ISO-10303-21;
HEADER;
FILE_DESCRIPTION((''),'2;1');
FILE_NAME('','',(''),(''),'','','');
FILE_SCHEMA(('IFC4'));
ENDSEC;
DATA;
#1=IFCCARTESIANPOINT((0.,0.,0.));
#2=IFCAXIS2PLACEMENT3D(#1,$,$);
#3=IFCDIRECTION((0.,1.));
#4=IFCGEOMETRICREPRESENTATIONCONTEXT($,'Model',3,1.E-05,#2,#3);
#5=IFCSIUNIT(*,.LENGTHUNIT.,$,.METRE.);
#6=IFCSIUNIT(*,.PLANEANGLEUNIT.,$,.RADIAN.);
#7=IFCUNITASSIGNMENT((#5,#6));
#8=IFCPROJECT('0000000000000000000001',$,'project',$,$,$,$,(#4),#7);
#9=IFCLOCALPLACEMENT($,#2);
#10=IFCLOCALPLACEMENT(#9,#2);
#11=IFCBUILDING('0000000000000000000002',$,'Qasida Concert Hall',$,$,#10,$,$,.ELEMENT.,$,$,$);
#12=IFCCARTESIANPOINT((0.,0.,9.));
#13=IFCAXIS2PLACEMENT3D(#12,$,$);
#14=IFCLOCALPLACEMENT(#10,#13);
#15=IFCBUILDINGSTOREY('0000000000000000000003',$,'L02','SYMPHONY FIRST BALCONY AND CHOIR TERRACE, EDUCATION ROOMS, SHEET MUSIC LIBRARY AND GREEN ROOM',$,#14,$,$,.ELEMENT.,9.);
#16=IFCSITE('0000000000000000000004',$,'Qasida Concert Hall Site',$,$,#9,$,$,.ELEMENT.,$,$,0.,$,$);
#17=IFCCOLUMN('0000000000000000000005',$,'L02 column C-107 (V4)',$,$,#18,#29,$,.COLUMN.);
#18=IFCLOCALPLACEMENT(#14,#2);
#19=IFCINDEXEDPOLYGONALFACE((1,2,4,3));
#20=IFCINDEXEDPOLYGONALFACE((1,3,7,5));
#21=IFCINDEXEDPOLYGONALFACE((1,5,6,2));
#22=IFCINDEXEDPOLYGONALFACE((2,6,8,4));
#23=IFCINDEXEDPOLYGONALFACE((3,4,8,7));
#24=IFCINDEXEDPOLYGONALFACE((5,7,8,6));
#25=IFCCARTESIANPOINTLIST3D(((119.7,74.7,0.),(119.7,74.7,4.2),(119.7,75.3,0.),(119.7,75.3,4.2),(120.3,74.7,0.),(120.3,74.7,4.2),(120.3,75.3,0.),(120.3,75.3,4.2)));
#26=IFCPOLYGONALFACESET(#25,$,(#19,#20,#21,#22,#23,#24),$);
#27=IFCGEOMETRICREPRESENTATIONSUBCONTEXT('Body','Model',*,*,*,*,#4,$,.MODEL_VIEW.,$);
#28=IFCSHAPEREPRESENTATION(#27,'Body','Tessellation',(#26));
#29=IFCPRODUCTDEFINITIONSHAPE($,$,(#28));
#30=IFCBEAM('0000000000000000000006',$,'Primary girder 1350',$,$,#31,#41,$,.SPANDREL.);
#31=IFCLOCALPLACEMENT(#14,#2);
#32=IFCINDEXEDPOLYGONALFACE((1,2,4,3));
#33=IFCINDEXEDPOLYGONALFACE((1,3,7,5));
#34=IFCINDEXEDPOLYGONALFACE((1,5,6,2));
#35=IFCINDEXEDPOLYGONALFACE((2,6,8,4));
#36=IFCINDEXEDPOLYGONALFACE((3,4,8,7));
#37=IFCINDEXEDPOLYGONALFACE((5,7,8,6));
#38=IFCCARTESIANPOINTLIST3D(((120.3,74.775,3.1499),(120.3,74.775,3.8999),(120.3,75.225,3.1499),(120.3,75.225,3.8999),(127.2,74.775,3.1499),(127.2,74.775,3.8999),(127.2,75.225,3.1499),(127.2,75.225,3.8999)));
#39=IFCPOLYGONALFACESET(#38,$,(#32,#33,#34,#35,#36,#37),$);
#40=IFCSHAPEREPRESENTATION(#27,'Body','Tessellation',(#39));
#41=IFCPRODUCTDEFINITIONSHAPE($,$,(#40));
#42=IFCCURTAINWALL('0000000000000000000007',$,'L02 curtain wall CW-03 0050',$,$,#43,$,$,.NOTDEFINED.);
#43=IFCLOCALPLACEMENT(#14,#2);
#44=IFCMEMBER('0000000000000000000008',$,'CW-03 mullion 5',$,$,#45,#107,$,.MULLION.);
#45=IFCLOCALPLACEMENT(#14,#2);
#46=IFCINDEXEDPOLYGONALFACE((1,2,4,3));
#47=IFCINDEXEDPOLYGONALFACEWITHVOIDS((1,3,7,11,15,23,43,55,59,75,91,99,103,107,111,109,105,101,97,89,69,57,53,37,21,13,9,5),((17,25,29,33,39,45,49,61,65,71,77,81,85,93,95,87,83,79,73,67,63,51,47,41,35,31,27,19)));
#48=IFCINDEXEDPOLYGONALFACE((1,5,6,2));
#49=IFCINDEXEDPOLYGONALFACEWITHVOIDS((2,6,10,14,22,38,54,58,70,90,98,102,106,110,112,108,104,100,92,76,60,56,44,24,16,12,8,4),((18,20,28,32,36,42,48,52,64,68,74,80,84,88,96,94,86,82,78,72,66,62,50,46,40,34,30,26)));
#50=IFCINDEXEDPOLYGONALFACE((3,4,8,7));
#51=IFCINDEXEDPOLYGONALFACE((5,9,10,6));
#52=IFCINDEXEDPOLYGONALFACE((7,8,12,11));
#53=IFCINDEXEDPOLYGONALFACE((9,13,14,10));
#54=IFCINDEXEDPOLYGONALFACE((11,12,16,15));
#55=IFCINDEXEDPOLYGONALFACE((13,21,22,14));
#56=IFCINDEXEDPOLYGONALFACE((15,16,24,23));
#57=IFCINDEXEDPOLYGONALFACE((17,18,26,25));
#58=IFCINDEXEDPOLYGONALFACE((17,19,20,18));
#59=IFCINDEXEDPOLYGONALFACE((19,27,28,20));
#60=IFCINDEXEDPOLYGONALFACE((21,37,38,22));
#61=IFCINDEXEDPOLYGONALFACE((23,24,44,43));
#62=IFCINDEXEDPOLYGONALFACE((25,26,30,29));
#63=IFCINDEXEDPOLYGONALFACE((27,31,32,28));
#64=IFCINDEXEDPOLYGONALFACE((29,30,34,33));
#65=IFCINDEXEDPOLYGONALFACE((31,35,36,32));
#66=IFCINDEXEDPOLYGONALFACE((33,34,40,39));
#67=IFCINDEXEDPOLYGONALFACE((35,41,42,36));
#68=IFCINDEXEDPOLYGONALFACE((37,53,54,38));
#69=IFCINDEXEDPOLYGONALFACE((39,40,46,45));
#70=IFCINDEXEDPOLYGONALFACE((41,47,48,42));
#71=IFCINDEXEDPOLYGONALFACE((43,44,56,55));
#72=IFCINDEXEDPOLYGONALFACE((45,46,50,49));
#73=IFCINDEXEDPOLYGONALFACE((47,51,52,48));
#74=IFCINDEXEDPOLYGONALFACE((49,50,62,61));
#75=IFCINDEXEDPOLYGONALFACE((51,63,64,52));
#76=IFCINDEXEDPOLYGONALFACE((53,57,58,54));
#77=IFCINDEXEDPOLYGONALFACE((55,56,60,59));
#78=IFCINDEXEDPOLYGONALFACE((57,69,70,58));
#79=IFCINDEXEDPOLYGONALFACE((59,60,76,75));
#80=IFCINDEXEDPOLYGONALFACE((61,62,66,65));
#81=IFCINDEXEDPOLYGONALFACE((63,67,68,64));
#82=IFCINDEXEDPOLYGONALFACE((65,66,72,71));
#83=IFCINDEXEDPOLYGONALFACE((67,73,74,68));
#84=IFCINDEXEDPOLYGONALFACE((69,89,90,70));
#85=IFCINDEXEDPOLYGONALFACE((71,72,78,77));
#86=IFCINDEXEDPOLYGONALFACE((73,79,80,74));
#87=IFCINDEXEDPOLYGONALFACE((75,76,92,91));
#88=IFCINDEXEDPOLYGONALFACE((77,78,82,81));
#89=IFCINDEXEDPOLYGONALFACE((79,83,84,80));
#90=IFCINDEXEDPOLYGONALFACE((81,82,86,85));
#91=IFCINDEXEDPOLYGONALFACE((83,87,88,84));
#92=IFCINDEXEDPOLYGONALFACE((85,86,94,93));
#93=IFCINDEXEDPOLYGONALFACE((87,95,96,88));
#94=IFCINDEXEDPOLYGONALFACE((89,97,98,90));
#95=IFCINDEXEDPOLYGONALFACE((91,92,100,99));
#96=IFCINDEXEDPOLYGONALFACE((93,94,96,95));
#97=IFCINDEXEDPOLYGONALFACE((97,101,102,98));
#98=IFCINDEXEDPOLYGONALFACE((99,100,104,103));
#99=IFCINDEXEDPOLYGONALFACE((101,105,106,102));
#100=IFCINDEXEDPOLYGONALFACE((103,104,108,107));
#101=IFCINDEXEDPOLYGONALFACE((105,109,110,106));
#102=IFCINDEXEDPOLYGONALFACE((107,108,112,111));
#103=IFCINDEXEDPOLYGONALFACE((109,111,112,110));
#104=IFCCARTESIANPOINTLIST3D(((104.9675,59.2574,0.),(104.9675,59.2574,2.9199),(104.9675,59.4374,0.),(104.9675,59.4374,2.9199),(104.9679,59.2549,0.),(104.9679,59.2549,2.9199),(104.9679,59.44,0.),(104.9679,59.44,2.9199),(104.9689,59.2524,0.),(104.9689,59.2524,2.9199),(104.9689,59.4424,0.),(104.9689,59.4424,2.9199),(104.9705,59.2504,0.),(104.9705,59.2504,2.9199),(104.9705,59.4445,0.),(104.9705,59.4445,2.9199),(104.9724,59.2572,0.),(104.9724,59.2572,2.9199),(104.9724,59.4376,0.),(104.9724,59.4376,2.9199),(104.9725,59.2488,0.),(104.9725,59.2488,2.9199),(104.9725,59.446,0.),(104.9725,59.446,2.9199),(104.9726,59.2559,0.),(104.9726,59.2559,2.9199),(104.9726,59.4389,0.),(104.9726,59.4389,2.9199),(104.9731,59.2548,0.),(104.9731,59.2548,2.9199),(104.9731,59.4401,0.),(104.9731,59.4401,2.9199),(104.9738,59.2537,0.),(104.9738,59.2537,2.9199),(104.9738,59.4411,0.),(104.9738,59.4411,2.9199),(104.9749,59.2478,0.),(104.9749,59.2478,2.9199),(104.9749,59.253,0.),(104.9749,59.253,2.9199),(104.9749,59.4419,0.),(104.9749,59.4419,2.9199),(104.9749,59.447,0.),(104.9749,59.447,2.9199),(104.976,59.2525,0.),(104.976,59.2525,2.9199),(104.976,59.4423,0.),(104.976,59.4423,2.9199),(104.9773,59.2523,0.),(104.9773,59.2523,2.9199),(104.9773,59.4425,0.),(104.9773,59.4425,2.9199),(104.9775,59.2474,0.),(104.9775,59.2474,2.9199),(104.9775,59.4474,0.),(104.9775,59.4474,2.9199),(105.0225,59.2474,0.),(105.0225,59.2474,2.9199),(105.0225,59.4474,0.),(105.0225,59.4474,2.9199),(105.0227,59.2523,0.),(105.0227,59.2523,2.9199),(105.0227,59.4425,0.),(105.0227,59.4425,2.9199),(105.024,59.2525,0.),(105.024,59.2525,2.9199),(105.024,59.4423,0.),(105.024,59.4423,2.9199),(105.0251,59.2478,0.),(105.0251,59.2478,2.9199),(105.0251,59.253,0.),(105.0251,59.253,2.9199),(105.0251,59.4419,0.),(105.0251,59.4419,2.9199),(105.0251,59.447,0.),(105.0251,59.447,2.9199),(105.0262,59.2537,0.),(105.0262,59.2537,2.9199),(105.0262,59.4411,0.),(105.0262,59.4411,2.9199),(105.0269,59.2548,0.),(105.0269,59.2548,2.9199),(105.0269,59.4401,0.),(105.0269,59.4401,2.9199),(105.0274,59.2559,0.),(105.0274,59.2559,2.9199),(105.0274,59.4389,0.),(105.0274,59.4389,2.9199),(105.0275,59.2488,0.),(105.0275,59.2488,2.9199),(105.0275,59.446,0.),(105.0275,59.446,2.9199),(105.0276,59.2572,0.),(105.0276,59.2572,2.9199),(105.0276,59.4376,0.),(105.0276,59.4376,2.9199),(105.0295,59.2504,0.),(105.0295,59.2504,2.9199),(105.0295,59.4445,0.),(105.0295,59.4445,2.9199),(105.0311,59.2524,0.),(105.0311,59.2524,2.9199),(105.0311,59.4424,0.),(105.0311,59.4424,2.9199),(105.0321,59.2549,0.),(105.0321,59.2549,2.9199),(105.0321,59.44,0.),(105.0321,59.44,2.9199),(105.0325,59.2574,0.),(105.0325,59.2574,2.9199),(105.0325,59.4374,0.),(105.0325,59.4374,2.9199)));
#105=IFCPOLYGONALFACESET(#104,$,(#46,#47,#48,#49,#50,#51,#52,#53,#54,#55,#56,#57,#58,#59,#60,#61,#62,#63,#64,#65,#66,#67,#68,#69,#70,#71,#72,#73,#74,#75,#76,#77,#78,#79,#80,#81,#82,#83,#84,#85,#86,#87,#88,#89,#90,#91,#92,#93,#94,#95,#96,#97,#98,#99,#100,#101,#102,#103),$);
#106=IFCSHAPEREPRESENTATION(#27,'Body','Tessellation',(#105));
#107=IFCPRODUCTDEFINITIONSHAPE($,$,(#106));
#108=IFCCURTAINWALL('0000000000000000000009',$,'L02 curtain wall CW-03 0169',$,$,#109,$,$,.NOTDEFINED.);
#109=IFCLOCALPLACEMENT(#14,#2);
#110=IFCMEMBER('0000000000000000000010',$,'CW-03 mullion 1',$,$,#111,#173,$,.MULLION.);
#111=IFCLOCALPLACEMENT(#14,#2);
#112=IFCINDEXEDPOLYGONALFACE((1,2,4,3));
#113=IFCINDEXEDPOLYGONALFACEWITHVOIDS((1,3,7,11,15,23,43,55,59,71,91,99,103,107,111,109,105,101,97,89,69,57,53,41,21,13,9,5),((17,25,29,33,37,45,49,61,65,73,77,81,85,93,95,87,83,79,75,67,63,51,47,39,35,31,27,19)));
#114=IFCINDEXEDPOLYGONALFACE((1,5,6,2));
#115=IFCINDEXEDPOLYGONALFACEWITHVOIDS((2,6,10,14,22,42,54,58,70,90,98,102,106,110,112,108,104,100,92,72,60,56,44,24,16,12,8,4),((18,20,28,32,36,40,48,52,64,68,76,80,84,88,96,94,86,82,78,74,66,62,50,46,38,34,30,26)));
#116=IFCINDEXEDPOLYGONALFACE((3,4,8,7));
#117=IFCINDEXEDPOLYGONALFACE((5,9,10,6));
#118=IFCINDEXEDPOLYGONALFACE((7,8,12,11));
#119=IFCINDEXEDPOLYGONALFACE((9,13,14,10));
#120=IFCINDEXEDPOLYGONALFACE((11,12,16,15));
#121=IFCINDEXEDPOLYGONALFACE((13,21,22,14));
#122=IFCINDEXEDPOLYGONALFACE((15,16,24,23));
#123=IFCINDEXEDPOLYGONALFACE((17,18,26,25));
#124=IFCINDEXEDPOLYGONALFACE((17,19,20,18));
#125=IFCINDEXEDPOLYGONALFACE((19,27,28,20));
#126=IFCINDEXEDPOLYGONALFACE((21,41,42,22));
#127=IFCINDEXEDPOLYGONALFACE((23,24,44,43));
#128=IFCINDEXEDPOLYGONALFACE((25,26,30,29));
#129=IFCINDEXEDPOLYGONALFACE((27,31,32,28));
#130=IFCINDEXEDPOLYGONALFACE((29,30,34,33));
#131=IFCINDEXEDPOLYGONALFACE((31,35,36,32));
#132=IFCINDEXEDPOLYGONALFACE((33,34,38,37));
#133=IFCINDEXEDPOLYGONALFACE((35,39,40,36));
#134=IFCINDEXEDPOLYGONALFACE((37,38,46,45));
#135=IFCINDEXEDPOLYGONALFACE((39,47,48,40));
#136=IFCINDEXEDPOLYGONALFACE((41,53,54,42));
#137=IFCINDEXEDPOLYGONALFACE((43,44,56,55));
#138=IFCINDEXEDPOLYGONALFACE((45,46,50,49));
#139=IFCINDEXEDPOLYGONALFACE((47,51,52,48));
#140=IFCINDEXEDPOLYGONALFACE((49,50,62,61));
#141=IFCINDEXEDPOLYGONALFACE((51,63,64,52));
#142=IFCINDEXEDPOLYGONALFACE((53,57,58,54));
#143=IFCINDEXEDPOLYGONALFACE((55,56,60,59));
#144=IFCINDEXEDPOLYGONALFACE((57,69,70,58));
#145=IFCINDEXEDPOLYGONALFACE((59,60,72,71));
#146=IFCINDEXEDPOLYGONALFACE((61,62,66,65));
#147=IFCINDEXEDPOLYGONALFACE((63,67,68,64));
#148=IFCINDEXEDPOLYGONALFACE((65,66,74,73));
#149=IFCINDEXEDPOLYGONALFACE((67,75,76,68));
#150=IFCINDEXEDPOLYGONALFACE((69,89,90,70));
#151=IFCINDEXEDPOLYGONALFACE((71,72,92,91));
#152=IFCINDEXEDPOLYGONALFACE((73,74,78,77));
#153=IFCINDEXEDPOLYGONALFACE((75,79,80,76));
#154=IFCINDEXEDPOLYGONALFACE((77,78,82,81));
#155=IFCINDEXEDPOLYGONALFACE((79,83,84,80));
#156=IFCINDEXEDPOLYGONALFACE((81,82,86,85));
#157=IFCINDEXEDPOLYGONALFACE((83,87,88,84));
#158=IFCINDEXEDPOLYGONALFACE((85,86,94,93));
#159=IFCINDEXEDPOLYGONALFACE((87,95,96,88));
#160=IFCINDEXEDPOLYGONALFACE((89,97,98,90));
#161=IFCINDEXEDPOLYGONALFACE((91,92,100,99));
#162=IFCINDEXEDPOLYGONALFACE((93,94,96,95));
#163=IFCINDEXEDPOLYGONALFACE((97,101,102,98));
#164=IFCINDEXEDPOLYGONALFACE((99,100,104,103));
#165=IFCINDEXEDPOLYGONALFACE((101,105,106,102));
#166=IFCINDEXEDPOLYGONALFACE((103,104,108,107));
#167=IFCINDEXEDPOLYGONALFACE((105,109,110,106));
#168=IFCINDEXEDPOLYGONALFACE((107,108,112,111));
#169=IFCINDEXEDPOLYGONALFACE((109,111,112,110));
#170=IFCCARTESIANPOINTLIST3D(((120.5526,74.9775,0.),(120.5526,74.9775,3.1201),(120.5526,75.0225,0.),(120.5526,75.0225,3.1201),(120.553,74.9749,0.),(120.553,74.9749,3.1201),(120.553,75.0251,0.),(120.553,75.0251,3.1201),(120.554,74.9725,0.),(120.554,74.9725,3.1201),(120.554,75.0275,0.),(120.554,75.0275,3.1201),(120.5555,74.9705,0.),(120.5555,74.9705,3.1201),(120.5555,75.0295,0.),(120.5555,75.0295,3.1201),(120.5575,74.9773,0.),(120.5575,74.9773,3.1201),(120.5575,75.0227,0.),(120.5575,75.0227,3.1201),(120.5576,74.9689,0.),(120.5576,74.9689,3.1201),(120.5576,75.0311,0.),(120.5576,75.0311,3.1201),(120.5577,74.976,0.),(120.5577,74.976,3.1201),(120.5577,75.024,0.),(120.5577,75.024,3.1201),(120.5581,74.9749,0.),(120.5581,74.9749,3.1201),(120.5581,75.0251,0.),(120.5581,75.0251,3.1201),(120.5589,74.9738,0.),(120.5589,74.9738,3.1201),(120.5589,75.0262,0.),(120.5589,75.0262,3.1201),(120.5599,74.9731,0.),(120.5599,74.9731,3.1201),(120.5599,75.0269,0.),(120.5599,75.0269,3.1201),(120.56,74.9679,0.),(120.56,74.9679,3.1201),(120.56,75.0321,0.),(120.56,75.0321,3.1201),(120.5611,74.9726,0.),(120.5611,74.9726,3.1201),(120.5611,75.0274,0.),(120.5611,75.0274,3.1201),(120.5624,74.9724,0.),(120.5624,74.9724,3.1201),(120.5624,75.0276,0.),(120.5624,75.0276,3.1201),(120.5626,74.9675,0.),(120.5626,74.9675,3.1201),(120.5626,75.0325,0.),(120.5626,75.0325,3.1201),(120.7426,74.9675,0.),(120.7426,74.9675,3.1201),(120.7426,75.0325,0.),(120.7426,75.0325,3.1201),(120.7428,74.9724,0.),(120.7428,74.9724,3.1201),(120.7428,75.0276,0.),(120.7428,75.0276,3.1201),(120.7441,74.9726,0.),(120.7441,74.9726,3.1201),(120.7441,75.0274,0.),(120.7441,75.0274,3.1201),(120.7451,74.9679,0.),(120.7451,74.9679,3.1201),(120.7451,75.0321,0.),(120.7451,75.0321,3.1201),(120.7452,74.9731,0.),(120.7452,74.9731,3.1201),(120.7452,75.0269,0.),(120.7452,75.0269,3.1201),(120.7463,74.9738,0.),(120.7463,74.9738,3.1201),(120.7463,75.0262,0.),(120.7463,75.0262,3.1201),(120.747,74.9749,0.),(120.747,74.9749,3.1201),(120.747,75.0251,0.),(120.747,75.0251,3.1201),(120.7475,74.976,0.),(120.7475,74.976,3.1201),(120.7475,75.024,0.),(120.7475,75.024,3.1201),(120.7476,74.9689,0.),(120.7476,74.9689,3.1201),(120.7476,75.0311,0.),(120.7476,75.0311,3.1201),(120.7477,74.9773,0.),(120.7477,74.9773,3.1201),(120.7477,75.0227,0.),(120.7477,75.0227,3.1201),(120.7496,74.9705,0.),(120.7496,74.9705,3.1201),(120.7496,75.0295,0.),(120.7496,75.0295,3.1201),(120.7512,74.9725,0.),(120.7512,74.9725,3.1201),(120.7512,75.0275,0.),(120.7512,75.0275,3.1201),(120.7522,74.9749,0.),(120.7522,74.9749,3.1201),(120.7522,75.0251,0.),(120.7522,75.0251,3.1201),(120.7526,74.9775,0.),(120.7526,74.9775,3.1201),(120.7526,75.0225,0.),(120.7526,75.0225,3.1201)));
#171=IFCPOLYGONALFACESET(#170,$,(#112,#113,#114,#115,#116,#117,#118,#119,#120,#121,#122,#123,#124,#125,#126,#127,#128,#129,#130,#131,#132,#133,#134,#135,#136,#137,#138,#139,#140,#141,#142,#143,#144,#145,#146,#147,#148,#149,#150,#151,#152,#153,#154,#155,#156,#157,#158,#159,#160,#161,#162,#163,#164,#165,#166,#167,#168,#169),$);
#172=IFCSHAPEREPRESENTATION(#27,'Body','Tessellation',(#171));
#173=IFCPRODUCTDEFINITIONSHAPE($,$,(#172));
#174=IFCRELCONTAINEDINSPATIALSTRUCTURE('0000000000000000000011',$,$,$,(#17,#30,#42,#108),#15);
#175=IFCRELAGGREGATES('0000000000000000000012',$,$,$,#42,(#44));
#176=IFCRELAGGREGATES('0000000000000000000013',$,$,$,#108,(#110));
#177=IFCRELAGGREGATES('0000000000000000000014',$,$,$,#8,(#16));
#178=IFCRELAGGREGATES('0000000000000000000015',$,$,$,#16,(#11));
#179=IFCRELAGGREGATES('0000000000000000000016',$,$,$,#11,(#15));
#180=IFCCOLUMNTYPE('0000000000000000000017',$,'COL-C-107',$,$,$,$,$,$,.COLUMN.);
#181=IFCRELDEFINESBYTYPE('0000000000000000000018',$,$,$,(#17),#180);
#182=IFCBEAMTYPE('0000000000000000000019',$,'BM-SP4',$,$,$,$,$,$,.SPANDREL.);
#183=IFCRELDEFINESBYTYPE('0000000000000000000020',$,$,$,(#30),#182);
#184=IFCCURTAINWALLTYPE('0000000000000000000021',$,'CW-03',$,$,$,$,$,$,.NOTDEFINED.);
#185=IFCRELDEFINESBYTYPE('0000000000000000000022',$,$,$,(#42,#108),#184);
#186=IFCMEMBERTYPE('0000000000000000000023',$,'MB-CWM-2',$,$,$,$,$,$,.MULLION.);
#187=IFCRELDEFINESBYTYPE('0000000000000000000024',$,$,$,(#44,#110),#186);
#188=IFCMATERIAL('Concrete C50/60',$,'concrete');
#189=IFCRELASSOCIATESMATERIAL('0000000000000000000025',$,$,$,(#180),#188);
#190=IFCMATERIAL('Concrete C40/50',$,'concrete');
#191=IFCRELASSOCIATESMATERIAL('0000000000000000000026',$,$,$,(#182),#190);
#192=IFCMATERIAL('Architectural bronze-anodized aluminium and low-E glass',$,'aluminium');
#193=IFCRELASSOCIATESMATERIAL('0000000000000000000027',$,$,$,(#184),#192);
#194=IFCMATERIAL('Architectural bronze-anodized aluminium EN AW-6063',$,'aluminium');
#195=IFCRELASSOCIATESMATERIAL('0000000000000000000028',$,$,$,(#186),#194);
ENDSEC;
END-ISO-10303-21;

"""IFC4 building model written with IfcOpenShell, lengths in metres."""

from ifc_helpers import new_model, si_unit, direction, frame, origin, origin_2d, place, context, subcontext, project, spatial, rectangle, hollow_rectangle, extrude, material, material_profile, profile_set, type_object, element, aggregate, save


model = new_model("IFC4")

# Units and contexts
model_context = context("Model", 3, precision=1e-05, world=origin(), true_north=direction((0.0, 1.0)))
body_context = subcontext(model_context, "Body", "Model", "MODEL_VIEW")
ifc_project = project(units=[si_unit("LENGTHUNIT", "METRE"), si_unit("PLANEANGLEUNIT", "RADIAN")], contexts=[model_context])

# Site, building, storey
site_placement = place(None, origin())
site = spatial("IfcSite", under=ifc_project, at=site_placement, Name="Qasida Concert Hall Site", CompositionType="ELEMENT", RefElevation=0.0)
building_placement = place(site_placement, origin())
building = spatial("IfcBuilding", under=site, at=building_placement, Name="Qasida Concert Hall", CompositionType="ELEMENT")
storey_placement = place(building_placement, frame((0.0, 0.0, 9.0)))
storey = spatial("IfcBuildingStorey", under=building, at=storey_placement, Name="L02", Description="SYMPHONY FIRST BALCONY AND CHOIR TERRACE, EDUCATION ROOMS, SHEET MUSIC LIBRARY AND GREEN ROOM", CompositionType="ELEMENT", Elevation=9.0)

# Column
ifc_material_1 = material(Name="Concrete C50/60", Category="concrete")
ifc_material_profile_1 = material_profile(ifc_material_1, rectangle(XDim=0.6001, YDim=0.6001, at=origin_2d()), Name="RC 600x600")
ifc_profile_set_1 = profile_set([ifc_material_profile_1], Name="Concrete C50/60")
column_type = type_object("IfcColumnType", Name="COL-C-107", PredefinedType="COLUMN", material=ifc_profile_set_1)
column_placement = place(storey_placement, frame((120.0, 75.0, 0.0), z_axis=(0.0, 0.0, 1.0), x_axis=(1.0, 0.0, 0.0)))
element("IfcColumn", 1, at=column_placement, inside=storey, type_object=column_type, Name="L02 column C-107 (V4)", PredefinedType="COLUMN", context=body_context, shape_type="SweptSolid", body=[
    extrude(rectangle(XDim=0.6001, YDim=0.6001, at=origin_2d()), origin(), (0.0, 0.0, 1.0), 4.2),
])

# Beam
ifc_material_2 = material(Name="Concrete C40/50", Category="concrete")
ifc_material_profile_2 = material_profile(ifc_material_2, rectangle(XDim=0.45, YDim=0.75, at=origin_2d()), Name="RC 450x750")
ifc_profile_set_2 = profile_set([ifc_material_profile_2], Name="Concrete C40/50")
beam_type = type_object("IfcBeamType", Name="BM-SP4", PredefinedType="SPANDREL", material=ifc_profile_set_2)
beam_placement = place(storey_placement, frame((120.3, 75.0, 3.5249), z_axis=(1.0, 0.0, 0.0), x_axis=(0.0, 1.0, 0.0)))
element("IfcBeam", 2, at=beam_placement, inside=storey, type_object=beam_type, Name="Primary girder 1350", PredefinedType="SPANDREL", context=body_context, shape_type="SweptSolid", body=[
    extrude(rectangle(XDim=0.45, YDim=0.75, at=origin_2d()), origin(), (0.0, 0.0, 1.0), 6.8999),
])

# Curtain wall, member
ifc_material_3 = material(Name="Architectural bronze-anodized aluminium and low-E glass", Category="aluminium")
curtain_wall_type = type_object("IfcCurtainWallType", Name="CW-03", PredefinedType="NOTDEFINED", material=ifc_material_3)
curtain_wall_1_placement = place(storey_placement, origin())
curtain_wall_1 = element("IfcCurtainWall", 3, at=curtain_wall_1_placement, inside=storey, type_object=curtain_wall_type, Name="L02 curtain wall CW-03 0050", PredefinedType="NOTDEFINED")
ifc_material_4 = material(Name="Architectural bronze-anodized aluminium EN AW-6063", Category="aluminium")
ifc_material_profile_3 = material_profile(ifc_material_4, hollow_rectangle(XDim=0.0649, YDim=0.2, WallThickness=0.0049, InnerFilletRadius=0.0049, OuterFilletRadius=0.01, at=origin_2d()), Name="CWM 200x65x5")
ifc_profile_set_3 = profile_set([ifc_material_profile_3], Name="Architectural bronze-anodized aluminium EN AW-6063")
member_type_1 = type_object("IfcMemberType", Name="MB-CWM-2", PredefinedType="MULLION", material=ifc_profile_set_3)
member_1_placement = place(storey_placement, frame((105.0, 59.3474, 0.0), z_axis=(0.0, 0.0, 1.0), x_axis=(-1.0, 0.0, 0.0)))
member_1 = element("IfcMember", 4, at=member_1_placement, type_object=member_type_1, Name="CW-03 mullion 5", PredefinedType="MULLION", context=body_context, shape_type="SweptSolid", body=[
    extrude(hollow_rectangle(XDim=0.0649, YDim=0.2, WallThickness=0.0049, InnerFilletRadius=0.0049, OuterFilletRadius=0.01, at=origin_2d()), origin(), (0.0, 0.0, 1.0), 2.9199),
])

# Curtain wall, member
curtain_wall_2_placement = place(storey_placement, origin())
curtain_wall_2 = element("IfcCurtainWall", 5, at=curtain_wall_2_placement, inside=storey, type_object=curtain_wall_type, Name="L02 curtain wall CW-03 0169", PredefinedType="NOTDEFINED")
member_2_placement = place(storey_placement, frame((120.6526, 75.0, 0.0), z_axis=(0.0, 0.0, 1.0), x_axis=(0.0, 1.0, 0.0)))
member_2 = element("IfcMember", 6, at=member_2_placement, type_object=member_type_1, Name="CW-03 mullion 1", PredefinedType="MULLION", context=body_context, shape_type="SweptSolid", body=[
    extrude(hollow_rectangle(XDim=0.0649, YDim=0.2, WallThickness=0.0049, InnerFilletRadius=0.0049, OuterFilletRadius=0.01, at=origin_2d()), origin(), (0.0, 0.0, 1.0), 3.1201),
])

aggregate(curtain_wall_1, [member_1])
aggregate(curtain_wall_2, [member_2])

save(model, "model.ifc")
